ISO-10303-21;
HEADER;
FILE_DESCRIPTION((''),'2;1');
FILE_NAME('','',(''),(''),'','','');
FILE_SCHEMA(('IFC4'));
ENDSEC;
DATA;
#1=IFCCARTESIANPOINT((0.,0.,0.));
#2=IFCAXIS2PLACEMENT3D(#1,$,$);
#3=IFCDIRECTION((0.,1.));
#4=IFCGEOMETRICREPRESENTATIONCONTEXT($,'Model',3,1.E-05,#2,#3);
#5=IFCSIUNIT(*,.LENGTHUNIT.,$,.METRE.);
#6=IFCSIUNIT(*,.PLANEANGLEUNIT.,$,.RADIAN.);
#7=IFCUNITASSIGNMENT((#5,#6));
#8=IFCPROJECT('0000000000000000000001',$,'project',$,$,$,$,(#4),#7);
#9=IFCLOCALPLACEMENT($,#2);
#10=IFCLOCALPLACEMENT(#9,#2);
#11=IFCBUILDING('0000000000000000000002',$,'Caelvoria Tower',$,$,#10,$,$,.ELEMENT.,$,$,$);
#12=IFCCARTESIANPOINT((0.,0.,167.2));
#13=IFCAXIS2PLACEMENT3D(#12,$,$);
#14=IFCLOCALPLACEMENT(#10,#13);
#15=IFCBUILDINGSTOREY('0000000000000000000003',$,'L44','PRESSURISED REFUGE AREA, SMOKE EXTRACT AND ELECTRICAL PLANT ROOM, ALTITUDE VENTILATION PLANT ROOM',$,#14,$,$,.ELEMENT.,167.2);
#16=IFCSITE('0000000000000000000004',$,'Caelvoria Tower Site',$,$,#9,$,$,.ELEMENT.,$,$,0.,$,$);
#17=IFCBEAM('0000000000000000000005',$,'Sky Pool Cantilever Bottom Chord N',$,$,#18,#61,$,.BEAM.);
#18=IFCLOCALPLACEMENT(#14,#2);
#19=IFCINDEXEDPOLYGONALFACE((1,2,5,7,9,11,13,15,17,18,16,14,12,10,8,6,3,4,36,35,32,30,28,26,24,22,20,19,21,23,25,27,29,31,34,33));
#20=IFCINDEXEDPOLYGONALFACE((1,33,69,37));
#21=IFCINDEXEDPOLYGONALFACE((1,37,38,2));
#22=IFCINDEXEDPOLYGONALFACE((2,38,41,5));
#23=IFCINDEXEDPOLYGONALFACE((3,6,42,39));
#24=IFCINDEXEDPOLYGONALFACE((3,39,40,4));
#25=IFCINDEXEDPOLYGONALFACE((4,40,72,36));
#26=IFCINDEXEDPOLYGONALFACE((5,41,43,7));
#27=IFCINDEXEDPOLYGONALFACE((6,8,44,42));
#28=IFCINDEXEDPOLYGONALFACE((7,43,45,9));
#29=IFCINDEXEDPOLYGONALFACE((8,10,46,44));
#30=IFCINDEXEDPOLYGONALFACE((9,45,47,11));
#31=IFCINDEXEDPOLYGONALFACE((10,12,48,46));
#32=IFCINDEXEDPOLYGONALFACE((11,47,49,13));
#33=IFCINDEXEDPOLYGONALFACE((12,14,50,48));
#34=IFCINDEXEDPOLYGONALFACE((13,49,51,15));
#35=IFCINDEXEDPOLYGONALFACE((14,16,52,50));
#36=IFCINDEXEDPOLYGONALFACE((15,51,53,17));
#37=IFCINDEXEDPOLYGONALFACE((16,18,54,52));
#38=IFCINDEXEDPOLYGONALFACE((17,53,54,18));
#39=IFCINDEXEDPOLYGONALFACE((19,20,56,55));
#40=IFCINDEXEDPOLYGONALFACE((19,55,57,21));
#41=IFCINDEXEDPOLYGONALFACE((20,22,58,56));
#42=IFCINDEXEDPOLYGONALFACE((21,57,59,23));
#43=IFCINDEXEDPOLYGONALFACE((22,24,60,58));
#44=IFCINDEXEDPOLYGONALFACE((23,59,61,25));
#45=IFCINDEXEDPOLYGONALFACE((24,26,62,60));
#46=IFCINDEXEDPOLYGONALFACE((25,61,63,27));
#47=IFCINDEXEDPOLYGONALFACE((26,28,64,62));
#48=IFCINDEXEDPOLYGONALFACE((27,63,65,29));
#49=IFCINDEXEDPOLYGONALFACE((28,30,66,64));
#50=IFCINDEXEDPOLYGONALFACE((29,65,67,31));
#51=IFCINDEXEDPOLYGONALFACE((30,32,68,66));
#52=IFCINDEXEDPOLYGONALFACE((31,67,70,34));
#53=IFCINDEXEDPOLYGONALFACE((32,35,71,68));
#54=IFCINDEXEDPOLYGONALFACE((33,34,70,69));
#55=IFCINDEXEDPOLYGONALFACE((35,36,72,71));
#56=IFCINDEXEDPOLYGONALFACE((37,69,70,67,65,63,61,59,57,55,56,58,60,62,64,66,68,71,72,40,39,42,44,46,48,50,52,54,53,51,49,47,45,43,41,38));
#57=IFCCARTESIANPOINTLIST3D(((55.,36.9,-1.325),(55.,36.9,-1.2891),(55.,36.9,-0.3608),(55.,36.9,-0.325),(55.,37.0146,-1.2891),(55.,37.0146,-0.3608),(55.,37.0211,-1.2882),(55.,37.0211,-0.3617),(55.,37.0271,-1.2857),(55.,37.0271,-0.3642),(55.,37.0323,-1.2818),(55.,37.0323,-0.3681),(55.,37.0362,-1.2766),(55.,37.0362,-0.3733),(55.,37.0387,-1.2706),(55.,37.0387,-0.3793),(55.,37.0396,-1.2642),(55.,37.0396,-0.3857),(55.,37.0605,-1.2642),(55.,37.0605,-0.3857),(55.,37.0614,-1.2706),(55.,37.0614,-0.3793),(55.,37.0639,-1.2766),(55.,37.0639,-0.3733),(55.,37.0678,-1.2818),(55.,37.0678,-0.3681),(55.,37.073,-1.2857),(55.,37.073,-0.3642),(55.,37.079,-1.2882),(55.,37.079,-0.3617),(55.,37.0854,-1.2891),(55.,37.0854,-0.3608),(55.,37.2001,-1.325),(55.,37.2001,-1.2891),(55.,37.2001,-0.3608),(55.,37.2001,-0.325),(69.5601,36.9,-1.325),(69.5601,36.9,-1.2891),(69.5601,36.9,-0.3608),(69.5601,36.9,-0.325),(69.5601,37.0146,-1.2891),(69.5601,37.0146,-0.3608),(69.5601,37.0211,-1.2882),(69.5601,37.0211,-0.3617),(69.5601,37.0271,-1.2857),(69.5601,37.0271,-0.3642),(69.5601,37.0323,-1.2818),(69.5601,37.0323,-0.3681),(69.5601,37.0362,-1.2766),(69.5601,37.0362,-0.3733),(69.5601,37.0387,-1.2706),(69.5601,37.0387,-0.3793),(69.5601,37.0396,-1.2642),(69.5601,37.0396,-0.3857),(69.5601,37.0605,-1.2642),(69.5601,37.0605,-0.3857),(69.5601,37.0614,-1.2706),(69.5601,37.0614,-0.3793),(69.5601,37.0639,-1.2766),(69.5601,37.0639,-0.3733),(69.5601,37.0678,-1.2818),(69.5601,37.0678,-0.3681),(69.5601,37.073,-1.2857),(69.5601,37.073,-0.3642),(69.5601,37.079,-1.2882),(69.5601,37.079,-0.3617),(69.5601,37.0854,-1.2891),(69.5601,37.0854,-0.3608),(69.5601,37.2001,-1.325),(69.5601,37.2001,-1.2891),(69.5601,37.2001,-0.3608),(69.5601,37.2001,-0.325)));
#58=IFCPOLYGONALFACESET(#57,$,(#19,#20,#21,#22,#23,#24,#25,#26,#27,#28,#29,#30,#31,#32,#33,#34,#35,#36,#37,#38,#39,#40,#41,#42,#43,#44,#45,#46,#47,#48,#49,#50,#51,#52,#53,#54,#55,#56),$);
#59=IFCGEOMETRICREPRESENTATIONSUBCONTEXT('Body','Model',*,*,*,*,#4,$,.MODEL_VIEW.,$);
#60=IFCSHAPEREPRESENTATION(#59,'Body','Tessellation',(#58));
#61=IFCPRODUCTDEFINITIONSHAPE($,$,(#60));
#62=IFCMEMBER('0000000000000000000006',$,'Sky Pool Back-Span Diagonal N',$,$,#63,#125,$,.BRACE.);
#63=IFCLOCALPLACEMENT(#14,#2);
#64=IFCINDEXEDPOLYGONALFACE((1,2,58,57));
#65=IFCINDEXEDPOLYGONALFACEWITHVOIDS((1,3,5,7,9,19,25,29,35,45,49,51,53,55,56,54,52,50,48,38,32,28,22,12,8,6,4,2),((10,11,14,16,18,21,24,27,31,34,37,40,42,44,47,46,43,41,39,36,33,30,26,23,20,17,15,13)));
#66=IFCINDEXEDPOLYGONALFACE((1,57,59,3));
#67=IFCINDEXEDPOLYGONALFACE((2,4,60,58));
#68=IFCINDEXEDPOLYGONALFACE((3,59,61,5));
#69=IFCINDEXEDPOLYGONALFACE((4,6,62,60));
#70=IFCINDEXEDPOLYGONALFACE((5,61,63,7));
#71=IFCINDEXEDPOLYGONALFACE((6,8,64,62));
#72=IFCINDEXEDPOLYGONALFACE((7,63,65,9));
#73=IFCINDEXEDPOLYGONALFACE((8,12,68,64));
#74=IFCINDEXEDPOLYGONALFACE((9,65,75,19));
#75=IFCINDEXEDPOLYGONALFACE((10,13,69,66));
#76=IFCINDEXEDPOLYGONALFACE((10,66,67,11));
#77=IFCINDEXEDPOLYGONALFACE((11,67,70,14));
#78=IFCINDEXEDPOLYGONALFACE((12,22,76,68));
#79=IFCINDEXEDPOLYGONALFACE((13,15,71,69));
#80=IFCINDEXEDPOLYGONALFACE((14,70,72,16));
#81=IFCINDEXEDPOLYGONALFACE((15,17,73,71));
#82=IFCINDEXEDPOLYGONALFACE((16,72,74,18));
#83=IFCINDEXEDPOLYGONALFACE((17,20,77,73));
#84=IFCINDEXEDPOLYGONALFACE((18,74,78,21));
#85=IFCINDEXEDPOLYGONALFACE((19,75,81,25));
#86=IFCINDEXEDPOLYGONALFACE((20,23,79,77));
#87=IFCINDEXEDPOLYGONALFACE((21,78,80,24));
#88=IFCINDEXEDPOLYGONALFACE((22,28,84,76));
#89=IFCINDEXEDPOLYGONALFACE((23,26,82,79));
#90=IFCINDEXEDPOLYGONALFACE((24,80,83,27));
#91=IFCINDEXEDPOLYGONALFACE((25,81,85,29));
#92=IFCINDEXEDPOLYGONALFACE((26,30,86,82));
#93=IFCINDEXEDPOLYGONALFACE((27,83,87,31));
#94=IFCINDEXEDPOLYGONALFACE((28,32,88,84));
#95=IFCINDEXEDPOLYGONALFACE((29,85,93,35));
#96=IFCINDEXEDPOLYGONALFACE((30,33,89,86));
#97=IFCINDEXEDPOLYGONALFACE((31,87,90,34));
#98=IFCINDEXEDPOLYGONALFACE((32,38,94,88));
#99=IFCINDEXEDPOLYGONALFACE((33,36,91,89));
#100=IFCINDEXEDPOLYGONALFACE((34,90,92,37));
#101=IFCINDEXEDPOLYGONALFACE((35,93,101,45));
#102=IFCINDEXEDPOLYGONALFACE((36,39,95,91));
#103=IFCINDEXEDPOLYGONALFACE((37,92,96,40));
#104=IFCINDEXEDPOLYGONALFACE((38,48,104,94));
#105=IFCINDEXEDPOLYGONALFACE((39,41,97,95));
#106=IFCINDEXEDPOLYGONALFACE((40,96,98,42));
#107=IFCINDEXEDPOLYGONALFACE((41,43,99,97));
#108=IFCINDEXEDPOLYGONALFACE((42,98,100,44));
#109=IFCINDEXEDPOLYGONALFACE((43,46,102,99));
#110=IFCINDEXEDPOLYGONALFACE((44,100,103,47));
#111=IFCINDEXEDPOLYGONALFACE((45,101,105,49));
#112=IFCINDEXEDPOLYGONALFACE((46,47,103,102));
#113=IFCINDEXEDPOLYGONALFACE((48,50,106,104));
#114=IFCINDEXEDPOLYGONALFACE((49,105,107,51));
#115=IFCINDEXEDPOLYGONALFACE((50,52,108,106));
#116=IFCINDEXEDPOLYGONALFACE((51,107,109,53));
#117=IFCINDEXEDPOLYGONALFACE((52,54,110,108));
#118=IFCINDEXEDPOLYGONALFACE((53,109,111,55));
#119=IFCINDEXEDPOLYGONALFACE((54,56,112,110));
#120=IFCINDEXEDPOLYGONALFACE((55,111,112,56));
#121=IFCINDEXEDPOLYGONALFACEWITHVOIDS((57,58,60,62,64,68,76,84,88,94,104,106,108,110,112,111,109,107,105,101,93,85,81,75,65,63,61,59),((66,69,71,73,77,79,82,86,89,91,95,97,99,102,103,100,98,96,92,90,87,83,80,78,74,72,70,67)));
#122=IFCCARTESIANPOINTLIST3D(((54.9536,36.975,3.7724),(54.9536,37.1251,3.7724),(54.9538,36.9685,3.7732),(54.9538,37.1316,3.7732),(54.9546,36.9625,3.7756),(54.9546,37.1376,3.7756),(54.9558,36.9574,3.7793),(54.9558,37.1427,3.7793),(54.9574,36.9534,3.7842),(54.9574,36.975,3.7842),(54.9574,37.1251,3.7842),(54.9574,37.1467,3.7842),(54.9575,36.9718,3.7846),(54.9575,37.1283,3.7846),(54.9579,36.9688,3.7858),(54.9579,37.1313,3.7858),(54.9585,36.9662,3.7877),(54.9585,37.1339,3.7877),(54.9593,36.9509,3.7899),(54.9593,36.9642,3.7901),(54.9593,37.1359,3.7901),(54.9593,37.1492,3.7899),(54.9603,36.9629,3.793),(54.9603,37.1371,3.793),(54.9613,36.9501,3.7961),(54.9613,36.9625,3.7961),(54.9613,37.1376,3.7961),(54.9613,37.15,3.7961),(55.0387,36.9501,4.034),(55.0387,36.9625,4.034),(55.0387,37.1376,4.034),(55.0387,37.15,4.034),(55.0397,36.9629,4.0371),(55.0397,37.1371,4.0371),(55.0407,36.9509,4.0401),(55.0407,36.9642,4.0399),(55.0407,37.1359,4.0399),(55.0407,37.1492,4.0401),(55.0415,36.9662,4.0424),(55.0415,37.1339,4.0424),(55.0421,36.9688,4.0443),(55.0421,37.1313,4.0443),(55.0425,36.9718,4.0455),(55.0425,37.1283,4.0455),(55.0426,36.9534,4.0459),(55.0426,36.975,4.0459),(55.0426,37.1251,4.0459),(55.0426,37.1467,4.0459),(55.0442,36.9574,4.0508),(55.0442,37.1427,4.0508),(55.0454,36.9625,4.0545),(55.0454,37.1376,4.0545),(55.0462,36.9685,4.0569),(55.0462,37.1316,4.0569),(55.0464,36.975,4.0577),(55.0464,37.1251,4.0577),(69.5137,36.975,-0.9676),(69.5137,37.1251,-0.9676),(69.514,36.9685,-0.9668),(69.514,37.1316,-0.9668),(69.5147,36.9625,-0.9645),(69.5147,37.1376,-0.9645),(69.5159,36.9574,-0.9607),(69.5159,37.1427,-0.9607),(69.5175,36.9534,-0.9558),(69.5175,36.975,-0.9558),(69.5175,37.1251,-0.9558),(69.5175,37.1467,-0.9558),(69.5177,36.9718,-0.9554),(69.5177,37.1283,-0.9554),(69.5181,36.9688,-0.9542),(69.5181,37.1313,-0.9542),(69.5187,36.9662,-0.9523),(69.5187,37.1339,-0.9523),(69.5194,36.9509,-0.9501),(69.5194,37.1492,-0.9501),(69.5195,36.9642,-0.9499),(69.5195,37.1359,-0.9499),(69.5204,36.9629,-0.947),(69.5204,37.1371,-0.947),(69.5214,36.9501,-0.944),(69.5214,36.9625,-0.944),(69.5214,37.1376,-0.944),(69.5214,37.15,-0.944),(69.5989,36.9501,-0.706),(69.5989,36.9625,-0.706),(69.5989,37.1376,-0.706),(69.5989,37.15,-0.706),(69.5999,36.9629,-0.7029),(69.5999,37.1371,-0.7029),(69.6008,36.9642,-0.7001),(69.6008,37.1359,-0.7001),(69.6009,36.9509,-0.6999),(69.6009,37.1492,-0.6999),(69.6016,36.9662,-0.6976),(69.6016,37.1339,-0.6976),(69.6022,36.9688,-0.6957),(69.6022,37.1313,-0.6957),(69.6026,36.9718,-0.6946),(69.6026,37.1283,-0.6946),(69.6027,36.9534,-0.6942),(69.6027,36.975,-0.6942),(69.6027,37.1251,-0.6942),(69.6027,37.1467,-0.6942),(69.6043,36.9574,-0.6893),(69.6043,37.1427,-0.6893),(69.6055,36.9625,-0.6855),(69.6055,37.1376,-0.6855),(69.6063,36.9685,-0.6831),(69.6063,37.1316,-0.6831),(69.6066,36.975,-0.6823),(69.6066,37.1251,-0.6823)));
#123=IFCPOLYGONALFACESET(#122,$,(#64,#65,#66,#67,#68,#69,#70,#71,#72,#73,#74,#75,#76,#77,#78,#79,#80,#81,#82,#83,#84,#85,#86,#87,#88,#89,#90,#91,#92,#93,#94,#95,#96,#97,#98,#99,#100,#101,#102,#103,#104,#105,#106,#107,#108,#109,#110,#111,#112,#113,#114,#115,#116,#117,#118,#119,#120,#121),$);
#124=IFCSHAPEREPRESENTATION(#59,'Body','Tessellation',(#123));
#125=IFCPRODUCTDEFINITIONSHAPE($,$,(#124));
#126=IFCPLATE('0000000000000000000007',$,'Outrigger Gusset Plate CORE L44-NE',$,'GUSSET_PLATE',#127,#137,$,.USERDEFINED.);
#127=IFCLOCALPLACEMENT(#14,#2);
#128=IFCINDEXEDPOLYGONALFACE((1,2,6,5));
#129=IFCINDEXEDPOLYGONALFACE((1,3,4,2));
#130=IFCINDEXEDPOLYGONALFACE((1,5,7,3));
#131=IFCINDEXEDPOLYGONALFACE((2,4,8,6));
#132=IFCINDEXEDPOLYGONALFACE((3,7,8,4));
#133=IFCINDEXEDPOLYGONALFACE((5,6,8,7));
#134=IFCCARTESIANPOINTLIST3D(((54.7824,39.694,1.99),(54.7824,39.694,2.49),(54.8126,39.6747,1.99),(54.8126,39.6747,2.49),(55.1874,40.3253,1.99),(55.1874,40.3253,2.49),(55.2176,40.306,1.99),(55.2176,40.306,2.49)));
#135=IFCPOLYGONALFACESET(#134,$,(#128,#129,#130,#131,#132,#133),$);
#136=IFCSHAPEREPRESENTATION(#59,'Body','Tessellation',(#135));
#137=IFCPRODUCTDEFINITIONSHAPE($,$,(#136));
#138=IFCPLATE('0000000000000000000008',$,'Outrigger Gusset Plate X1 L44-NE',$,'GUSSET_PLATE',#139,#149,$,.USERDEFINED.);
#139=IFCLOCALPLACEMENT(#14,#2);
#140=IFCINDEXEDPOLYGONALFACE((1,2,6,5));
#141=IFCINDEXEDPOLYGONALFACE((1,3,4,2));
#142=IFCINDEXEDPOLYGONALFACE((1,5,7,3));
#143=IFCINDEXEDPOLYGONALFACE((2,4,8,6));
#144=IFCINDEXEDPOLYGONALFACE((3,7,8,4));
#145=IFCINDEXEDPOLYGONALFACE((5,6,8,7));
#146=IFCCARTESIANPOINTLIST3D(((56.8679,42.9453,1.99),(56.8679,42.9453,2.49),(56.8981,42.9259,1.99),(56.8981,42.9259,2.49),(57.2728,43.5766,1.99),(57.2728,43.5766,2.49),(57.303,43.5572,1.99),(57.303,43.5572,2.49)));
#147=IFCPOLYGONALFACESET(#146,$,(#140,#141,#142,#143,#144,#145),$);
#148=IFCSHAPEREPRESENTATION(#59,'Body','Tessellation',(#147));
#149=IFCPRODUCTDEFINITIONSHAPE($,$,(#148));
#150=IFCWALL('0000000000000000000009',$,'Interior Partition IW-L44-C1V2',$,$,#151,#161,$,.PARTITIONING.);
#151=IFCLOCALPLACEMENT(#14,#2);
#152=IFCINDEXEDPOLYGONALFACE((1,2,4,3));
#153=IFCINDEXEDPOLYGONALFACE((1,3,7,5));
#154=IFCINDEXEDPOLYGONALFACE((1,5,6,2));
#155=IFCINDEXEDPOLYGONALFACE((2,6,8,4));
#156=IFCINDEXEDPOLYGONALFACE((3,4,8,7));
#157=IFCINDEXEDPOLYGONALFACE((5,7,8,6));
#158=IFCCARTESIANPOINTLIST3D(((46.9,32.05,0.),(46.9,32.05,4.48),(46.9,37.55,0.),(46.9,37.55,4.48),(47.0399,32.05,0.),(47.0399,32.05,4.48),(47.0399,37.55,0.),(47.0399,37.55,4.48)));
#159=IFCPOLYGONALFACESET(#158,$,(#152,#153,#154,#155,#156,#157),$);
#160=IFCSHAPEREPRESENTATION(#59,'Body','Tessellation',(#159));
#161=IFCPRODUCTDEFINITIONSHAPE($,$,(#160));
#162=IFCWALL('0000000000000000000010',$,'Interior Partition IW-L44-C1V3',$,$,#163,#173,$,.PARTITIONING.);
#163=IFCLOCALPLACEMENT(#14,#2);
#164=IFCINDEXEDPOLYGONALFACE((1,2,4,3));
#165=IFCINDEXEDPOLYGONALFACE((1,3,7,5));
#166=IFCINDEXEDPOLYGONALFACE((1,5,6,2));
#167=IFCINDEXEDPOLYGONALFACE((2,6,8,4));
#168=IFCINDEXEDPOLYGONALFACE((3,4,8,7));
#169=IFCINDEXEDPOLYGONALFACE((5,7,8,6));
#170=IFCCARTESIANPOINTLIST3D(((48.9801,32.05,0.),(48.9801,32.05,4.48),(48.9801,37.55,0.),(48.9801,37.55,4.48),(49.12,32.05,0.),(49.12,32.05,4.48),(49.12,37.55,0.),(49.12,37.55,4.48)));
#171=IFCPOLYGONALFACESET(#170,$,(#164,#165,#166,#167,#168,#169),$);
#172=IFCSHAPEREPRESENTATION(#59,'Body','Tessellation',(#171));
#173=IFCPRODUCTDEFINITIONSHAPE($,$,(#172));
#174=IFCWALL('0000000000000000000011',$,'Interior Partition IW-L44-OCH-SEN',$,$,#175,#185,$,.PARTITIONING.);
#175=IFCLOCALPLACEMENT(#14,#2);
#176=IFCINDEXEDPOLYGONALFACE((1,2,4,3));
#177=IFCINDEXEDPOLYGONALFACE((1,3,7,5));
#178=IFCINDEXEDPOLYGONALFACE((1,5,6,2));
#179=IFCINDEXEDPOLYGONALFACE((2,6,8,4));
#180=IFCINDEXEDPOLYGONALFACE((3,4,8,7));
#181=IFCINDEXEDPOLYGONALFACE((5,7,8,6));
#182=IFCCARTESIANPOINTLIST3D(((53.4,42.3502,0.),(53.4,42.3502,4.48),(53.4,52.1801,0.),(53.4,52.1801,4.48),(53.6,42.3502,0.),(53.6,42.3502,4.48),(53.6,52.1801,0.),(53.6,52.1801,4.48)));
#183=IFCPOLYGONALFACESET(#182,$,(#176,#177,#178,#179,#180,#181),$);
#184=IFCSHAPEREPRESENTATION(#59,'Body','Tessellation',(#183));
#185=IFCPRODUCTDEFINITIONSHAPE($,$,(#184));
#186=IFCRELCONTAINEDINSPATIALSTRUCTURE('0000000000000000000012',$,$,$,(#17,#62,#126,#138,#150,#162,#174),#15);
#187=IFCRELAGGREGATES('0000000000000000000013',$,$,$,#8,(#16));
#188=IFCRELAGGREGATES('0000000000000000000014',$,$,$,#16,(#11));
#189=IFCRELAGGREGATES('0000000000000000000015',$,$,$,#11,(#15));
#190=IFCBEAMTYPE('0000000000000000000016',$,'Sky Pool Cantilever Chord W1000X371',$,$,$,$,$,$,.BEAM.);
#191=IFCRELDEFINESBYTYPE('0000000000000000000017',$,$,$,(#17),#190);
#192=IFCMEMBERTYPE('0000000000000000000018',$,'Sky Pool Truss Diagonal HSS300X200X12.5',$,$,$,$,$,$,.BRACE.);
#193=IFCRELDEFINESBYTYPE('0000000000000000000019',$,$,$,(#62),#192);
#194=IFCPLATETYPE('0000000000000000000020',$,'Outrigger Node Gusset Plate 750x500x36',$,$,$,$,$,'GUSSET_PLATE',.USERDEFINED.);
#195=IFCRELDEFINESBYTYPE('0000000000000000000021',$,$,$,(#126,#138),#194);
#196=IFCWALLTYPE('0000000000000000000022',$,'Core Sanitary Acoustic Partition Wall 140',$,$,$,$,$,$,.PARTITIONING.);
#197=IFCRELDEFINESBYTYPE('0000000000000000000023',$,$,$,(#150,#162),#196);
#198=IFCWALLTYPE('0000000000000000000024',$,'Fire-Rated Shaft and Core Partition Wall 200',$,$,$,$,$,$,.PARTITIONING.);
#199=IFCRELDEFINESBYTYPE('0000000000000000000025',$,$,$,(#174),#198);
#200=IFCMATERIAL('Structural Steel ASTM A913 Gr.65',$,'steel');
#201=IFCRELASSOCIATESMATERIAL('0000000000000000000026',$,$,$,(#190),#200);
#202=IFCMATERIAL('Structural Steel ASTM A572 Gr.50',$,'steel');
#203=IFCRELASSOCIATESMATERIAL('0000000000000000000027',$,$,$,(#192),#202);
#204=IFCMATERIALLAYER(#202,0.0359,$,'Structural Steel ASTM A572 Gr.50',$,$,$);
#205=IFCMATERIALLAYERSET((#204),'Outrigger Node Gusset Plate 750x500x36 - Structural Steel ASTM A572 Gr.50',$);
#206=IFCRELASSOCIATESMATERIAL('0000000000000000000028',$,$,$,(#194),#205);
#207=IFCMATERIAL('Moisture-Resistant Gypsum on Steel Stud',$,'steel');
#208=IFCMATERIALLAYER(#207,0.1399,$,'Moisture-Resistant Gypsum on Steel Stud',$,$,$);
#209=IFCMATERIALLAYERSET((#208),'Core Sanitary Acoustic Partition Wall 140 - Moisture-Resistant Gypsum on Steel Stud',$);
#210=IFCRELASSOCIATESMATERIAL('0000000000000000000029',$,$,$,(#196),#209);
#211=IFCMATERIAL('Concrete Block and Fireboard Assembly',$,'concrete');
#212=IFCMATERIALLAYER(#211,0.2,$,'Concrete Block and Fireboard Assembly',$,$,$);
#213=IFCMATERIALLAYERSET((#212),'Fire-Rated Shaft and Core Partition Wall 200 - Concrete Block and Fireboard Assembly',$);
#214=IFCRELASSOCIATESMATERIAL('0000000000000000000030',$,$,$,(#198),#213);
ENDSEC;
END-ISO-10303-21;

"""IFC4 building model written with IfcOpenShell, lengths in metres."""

from ifc_helpers import new_model, si_unit, direction, frame, frame_2d, origin, origin_2d, place, context, subcontext, project, spatial, rectangle, hollow_rectangle, i_section, extrude, material, layer, layer_set, material_profile, profile_set, type_object, element, save


model = new_model("IFC4")

# Units and contexts
model_context = context("Model", 3, precision=1e-05, world=origin(), true_north=direction((0.0, 1.0)))
body_context = subcontext(model_context, "Body", "Model", "MODEL_VIEW")
ifc_project = project(units=[si_unit("LENGTHUNIT", "METRE"), si_unit("PLANEANGLEUNIT", "RADIAN")], contexts=[model_context])

# Site, building, storey
site_placement = place(None, origin())
site = spatial("IfcSite", under=ifc_project, at=site_placement, Name="Caelvoria Tower Site", CompositionType="ELEMENT", RefElevation=0.0)
building_placement = place(site_placement, origin())
building = spatial("IfcBuilding", under=site, at=building_placement, Name="Caelvoria Tower", CompositionType="ELEMENT")
storey_placement = place(building_placement, frame((0.0, 0.0, 167.2)))
storey = spatial("IfcBuildingStorey", under=building, at=storey_placement, Name="L44", Description="PRESSURISED REFUGE AREA, SMOKE EXTRACT AND ELECTRICAL PLANT ROOM, ALTITUDE VENTILATION PLANT ROOM", CompositionType="ELEMENT", Elevation=167.2)

# Shared definitions
ifc_material_1 = material(Name="Structural Steel ASTM A572 Gr.50", Category="steel")

# Beam
ifc_material_2 = material(Name="Structural Steel ASTM A913 Gr.65", Category="steel")
ifc_material_profile_1 = material_profile(ifc_material_2, i_section(OverallWidth=0.3, OverallDepth=1.0, WebThickness=0.021, FlangeThickness=0.0359, FilletRadius=0.0249, at=origin_2d()), Name="Structural Steel ASTM A913 Gr.65")
ifc_profile_set_1 = profile_set([ifc_material_profile_1], Name="W1000X371 - Structural Steel ASTM A913 Gr.65")
beam_type_1 = type_object("IfcBeamType", Name="Sky Pool Cantilever Chord W1000X371", PredefinedType="BEAM", material=ifc_profile_set_1)
beam_1_placement = place(storey_placement, frame((55.0, 37.05, -0.825), z_axis=(1.0, 0.0, 0.0), x_axis=(0.0, 1.0, 0.0)))
element("IfcBeam", 1, at=beam_1_placement, inside=storey, type_object=beam_type_1, Name="Sky Pool Cantilever Bottom Chord N", PredefinedType="BEAM", context=body_context, shape_type="SweptSolid", body=[
    extrude(i_section(OverallWidth=0.3, OverallDepth=1.0, WebThickness=0.021, FlangeThickness=0.0359, FilletRadius=0.0249, at=origin_2d()), origin(), (0.0, 0.0, 1.0), 14.5601),
])

# Member
ifc_material_profile_2 = material_profile(ifc_material_1, hollow_rectangle(XDim=0.2, YDim=0.3, WallThickness=0.0125, InnerFilletRadius=0.0125, OuterFilletRadius=0.0249, at=origin_2d()), Name="Structural Steel ASTM A572 Gr.50")
ifc_profile_set_2 = profile_set([ifc_material_profile_2], Name="HSS300X200X12.5 - Structural Steel ASTM A572 Gr.50")
member_type_1 = type_object("IfcMemberType", Name="Sky Pool Truss Diagonal HSS300X200X12.5", PredefinedType="BRACE", material=ifc_profile_set_2)
member_1_placement = place(storey_placement, frame((55.0, 37.05, 3.915), z_axis=(0.950881, 0.0, -0.309557), x_axis=(0.0, 1.0, 0.0)))
element("IfcMember", 2, at=member_1_placement, inside=storey, type_object=member_type_1, Name="Sky Pool Back-Span Diagonal N", PredefinedType="BRACE", context=body_context, shape_type="SweptSolid", body=[
    extrude(hollow_rectangle(XDim=0.2, YDim=0.3, WallThickness=0.0125, InnerFilletRadius=0.0125, OuterFilletRadius=0.0249, at=origin_2d()), origin(), (0.0, 0.0, 1.0), 15.3123),
])

# Plates
ifc_layer_1 = layer(ifc_material_1, 0.0359, Name="Structural Steel ASTM A572 Gr.50")
ifc_layer_set_1 = layer_set([ifc_layer_1], Name="Outrigger Node Gusset Plate 750x500x36 - Structural Steel ASTM A572 Gr.50")
plate_type = type_object("IfcPlateType", Name="Outrigger Node Gusset Plate 750x500x36", ElementType="GUSSET_PLATE", PredefinedType="USERDEFINED", material=ifc_layer_set_1)
for number, where, z_axis, x_axis, name in (
    (3, (55.0, 40.0, 1.99), (0.0, 0.0, 1.0), (0.539904, 0.841727, 0.0), "Outrigger Gusset Plate CORE L44-NE"),
    (4, (57.0854, 43.2512, 1.99), (0.0, 0.0, 1.0), (0.539904, 0.841727, 0.0), "Outrigger Gusset Plate X1 L44-NE"),
):
    element("IfcPlate", number, at=place(storey_placement, frame(where, z_axis=z_axis, x_axis=x_axis)), inside=storey, type_object=plate_type, Name=name, ObjectType="GUSSET_PLATE", PredefinedType="USERDEFINED", context=body_context, shape_type="SweptSolid", body=[
        extrude(rectangle(XDim=0.75, YDim=0.0359, at=origin_2d()), origin(), (0.0, 0.0, 1.0), 0.5),
    ])

# Walls
ifc_material_3 = material(Name="Moisture-Resistant Gypsum on Steel Stud", Category="steel")
ifc_layer_2 = layer(ifc_material_3, 0.1399, Name="Moisture-Resistant Gypsum on Steel Stud")
ifc_layer_set_2 = layer_set([ifc_layer_2], Name="Core Sanitary Acoustic Partition Wall 140 - Moisture-Resistant Gypsum on Steel Stud")
wall_type_1 = type_object("IfcWallType", Name="Core Sanitary Acoustic Partition Wall 140", PredefinedType="PARTITIONING", material=ifc_layer_set_2)
for number, where, z_axis, x_axis, name in (
    (5, (46.97, 32.05, 0.0), (0.0, 0.0, 1.0), (0.0, 1.0, 0.0), "Interior Partition IW-L44-C1V2"),
    (6, (49.05, 32.05, 0.0), (0.0, 0.0, 1.0), (0.0, 1.0, 0.0), "Interior Partition IW-L44-C1V3"),
):
    element("IfcWall", number, at=place(storey_placement, frame(where, z_axis=z_axis, x_axis=x_axis)), inside=storey, type_object=wall_type_1, Name=name, PredefinedType="PARTITIONING", context=body_context, shape_type="SweptSolid", body=[
        extrude(rectangle(XDim=5.5, YDim=0.1399, at=frame_2d((2.75, 0.0))), origin(), (0.0, 0.0, 1.0), 4.48),
    ])
ifc_material_4 = material(Name="Concrete Block and Fireboard Assembly", Category="concrete")
ifc_layer_3 = layer(ifc_material_4, 0.2, Name="Concrete Block and Fireboard Assembly")
ifc_layer_set_3 = layer_set([ifc_layer_3], Name="Fire-Rated Shaft and Core Partition Wall 200 - Concrete Block and Fireboard Assembly")
wall_type_2 = type_object("IfcWallType", Name="Fire-Rated Shaft and Core Partition Wall 200", PredefinedType="PARTITIONING", material=ifc_layer_set_3)
wall_1_placement = place(storey_placement, frame((53.5, 42.3501, 0.0), z_axis=(0.0, 0.0, 1.0), x_axis=(0.0, 1.0, 0.0)))
element("IfcWall", 7, at=wall_1_placement, inside=storey, type_object=wall_type_2, Name="Interior Partition IW-L44-OCH-SEN", PredefinedType="PARTITIONING", context=body_context, shape_type="SweptSolid", body=[
    extrude(rectangle(XDim=9.8298, YDim=0.2, at=frame_2d((4.915, 0.0))), origin(), (0.0, 0.0, 1.0), 4.48),
])

save(model, "model.ifc")
